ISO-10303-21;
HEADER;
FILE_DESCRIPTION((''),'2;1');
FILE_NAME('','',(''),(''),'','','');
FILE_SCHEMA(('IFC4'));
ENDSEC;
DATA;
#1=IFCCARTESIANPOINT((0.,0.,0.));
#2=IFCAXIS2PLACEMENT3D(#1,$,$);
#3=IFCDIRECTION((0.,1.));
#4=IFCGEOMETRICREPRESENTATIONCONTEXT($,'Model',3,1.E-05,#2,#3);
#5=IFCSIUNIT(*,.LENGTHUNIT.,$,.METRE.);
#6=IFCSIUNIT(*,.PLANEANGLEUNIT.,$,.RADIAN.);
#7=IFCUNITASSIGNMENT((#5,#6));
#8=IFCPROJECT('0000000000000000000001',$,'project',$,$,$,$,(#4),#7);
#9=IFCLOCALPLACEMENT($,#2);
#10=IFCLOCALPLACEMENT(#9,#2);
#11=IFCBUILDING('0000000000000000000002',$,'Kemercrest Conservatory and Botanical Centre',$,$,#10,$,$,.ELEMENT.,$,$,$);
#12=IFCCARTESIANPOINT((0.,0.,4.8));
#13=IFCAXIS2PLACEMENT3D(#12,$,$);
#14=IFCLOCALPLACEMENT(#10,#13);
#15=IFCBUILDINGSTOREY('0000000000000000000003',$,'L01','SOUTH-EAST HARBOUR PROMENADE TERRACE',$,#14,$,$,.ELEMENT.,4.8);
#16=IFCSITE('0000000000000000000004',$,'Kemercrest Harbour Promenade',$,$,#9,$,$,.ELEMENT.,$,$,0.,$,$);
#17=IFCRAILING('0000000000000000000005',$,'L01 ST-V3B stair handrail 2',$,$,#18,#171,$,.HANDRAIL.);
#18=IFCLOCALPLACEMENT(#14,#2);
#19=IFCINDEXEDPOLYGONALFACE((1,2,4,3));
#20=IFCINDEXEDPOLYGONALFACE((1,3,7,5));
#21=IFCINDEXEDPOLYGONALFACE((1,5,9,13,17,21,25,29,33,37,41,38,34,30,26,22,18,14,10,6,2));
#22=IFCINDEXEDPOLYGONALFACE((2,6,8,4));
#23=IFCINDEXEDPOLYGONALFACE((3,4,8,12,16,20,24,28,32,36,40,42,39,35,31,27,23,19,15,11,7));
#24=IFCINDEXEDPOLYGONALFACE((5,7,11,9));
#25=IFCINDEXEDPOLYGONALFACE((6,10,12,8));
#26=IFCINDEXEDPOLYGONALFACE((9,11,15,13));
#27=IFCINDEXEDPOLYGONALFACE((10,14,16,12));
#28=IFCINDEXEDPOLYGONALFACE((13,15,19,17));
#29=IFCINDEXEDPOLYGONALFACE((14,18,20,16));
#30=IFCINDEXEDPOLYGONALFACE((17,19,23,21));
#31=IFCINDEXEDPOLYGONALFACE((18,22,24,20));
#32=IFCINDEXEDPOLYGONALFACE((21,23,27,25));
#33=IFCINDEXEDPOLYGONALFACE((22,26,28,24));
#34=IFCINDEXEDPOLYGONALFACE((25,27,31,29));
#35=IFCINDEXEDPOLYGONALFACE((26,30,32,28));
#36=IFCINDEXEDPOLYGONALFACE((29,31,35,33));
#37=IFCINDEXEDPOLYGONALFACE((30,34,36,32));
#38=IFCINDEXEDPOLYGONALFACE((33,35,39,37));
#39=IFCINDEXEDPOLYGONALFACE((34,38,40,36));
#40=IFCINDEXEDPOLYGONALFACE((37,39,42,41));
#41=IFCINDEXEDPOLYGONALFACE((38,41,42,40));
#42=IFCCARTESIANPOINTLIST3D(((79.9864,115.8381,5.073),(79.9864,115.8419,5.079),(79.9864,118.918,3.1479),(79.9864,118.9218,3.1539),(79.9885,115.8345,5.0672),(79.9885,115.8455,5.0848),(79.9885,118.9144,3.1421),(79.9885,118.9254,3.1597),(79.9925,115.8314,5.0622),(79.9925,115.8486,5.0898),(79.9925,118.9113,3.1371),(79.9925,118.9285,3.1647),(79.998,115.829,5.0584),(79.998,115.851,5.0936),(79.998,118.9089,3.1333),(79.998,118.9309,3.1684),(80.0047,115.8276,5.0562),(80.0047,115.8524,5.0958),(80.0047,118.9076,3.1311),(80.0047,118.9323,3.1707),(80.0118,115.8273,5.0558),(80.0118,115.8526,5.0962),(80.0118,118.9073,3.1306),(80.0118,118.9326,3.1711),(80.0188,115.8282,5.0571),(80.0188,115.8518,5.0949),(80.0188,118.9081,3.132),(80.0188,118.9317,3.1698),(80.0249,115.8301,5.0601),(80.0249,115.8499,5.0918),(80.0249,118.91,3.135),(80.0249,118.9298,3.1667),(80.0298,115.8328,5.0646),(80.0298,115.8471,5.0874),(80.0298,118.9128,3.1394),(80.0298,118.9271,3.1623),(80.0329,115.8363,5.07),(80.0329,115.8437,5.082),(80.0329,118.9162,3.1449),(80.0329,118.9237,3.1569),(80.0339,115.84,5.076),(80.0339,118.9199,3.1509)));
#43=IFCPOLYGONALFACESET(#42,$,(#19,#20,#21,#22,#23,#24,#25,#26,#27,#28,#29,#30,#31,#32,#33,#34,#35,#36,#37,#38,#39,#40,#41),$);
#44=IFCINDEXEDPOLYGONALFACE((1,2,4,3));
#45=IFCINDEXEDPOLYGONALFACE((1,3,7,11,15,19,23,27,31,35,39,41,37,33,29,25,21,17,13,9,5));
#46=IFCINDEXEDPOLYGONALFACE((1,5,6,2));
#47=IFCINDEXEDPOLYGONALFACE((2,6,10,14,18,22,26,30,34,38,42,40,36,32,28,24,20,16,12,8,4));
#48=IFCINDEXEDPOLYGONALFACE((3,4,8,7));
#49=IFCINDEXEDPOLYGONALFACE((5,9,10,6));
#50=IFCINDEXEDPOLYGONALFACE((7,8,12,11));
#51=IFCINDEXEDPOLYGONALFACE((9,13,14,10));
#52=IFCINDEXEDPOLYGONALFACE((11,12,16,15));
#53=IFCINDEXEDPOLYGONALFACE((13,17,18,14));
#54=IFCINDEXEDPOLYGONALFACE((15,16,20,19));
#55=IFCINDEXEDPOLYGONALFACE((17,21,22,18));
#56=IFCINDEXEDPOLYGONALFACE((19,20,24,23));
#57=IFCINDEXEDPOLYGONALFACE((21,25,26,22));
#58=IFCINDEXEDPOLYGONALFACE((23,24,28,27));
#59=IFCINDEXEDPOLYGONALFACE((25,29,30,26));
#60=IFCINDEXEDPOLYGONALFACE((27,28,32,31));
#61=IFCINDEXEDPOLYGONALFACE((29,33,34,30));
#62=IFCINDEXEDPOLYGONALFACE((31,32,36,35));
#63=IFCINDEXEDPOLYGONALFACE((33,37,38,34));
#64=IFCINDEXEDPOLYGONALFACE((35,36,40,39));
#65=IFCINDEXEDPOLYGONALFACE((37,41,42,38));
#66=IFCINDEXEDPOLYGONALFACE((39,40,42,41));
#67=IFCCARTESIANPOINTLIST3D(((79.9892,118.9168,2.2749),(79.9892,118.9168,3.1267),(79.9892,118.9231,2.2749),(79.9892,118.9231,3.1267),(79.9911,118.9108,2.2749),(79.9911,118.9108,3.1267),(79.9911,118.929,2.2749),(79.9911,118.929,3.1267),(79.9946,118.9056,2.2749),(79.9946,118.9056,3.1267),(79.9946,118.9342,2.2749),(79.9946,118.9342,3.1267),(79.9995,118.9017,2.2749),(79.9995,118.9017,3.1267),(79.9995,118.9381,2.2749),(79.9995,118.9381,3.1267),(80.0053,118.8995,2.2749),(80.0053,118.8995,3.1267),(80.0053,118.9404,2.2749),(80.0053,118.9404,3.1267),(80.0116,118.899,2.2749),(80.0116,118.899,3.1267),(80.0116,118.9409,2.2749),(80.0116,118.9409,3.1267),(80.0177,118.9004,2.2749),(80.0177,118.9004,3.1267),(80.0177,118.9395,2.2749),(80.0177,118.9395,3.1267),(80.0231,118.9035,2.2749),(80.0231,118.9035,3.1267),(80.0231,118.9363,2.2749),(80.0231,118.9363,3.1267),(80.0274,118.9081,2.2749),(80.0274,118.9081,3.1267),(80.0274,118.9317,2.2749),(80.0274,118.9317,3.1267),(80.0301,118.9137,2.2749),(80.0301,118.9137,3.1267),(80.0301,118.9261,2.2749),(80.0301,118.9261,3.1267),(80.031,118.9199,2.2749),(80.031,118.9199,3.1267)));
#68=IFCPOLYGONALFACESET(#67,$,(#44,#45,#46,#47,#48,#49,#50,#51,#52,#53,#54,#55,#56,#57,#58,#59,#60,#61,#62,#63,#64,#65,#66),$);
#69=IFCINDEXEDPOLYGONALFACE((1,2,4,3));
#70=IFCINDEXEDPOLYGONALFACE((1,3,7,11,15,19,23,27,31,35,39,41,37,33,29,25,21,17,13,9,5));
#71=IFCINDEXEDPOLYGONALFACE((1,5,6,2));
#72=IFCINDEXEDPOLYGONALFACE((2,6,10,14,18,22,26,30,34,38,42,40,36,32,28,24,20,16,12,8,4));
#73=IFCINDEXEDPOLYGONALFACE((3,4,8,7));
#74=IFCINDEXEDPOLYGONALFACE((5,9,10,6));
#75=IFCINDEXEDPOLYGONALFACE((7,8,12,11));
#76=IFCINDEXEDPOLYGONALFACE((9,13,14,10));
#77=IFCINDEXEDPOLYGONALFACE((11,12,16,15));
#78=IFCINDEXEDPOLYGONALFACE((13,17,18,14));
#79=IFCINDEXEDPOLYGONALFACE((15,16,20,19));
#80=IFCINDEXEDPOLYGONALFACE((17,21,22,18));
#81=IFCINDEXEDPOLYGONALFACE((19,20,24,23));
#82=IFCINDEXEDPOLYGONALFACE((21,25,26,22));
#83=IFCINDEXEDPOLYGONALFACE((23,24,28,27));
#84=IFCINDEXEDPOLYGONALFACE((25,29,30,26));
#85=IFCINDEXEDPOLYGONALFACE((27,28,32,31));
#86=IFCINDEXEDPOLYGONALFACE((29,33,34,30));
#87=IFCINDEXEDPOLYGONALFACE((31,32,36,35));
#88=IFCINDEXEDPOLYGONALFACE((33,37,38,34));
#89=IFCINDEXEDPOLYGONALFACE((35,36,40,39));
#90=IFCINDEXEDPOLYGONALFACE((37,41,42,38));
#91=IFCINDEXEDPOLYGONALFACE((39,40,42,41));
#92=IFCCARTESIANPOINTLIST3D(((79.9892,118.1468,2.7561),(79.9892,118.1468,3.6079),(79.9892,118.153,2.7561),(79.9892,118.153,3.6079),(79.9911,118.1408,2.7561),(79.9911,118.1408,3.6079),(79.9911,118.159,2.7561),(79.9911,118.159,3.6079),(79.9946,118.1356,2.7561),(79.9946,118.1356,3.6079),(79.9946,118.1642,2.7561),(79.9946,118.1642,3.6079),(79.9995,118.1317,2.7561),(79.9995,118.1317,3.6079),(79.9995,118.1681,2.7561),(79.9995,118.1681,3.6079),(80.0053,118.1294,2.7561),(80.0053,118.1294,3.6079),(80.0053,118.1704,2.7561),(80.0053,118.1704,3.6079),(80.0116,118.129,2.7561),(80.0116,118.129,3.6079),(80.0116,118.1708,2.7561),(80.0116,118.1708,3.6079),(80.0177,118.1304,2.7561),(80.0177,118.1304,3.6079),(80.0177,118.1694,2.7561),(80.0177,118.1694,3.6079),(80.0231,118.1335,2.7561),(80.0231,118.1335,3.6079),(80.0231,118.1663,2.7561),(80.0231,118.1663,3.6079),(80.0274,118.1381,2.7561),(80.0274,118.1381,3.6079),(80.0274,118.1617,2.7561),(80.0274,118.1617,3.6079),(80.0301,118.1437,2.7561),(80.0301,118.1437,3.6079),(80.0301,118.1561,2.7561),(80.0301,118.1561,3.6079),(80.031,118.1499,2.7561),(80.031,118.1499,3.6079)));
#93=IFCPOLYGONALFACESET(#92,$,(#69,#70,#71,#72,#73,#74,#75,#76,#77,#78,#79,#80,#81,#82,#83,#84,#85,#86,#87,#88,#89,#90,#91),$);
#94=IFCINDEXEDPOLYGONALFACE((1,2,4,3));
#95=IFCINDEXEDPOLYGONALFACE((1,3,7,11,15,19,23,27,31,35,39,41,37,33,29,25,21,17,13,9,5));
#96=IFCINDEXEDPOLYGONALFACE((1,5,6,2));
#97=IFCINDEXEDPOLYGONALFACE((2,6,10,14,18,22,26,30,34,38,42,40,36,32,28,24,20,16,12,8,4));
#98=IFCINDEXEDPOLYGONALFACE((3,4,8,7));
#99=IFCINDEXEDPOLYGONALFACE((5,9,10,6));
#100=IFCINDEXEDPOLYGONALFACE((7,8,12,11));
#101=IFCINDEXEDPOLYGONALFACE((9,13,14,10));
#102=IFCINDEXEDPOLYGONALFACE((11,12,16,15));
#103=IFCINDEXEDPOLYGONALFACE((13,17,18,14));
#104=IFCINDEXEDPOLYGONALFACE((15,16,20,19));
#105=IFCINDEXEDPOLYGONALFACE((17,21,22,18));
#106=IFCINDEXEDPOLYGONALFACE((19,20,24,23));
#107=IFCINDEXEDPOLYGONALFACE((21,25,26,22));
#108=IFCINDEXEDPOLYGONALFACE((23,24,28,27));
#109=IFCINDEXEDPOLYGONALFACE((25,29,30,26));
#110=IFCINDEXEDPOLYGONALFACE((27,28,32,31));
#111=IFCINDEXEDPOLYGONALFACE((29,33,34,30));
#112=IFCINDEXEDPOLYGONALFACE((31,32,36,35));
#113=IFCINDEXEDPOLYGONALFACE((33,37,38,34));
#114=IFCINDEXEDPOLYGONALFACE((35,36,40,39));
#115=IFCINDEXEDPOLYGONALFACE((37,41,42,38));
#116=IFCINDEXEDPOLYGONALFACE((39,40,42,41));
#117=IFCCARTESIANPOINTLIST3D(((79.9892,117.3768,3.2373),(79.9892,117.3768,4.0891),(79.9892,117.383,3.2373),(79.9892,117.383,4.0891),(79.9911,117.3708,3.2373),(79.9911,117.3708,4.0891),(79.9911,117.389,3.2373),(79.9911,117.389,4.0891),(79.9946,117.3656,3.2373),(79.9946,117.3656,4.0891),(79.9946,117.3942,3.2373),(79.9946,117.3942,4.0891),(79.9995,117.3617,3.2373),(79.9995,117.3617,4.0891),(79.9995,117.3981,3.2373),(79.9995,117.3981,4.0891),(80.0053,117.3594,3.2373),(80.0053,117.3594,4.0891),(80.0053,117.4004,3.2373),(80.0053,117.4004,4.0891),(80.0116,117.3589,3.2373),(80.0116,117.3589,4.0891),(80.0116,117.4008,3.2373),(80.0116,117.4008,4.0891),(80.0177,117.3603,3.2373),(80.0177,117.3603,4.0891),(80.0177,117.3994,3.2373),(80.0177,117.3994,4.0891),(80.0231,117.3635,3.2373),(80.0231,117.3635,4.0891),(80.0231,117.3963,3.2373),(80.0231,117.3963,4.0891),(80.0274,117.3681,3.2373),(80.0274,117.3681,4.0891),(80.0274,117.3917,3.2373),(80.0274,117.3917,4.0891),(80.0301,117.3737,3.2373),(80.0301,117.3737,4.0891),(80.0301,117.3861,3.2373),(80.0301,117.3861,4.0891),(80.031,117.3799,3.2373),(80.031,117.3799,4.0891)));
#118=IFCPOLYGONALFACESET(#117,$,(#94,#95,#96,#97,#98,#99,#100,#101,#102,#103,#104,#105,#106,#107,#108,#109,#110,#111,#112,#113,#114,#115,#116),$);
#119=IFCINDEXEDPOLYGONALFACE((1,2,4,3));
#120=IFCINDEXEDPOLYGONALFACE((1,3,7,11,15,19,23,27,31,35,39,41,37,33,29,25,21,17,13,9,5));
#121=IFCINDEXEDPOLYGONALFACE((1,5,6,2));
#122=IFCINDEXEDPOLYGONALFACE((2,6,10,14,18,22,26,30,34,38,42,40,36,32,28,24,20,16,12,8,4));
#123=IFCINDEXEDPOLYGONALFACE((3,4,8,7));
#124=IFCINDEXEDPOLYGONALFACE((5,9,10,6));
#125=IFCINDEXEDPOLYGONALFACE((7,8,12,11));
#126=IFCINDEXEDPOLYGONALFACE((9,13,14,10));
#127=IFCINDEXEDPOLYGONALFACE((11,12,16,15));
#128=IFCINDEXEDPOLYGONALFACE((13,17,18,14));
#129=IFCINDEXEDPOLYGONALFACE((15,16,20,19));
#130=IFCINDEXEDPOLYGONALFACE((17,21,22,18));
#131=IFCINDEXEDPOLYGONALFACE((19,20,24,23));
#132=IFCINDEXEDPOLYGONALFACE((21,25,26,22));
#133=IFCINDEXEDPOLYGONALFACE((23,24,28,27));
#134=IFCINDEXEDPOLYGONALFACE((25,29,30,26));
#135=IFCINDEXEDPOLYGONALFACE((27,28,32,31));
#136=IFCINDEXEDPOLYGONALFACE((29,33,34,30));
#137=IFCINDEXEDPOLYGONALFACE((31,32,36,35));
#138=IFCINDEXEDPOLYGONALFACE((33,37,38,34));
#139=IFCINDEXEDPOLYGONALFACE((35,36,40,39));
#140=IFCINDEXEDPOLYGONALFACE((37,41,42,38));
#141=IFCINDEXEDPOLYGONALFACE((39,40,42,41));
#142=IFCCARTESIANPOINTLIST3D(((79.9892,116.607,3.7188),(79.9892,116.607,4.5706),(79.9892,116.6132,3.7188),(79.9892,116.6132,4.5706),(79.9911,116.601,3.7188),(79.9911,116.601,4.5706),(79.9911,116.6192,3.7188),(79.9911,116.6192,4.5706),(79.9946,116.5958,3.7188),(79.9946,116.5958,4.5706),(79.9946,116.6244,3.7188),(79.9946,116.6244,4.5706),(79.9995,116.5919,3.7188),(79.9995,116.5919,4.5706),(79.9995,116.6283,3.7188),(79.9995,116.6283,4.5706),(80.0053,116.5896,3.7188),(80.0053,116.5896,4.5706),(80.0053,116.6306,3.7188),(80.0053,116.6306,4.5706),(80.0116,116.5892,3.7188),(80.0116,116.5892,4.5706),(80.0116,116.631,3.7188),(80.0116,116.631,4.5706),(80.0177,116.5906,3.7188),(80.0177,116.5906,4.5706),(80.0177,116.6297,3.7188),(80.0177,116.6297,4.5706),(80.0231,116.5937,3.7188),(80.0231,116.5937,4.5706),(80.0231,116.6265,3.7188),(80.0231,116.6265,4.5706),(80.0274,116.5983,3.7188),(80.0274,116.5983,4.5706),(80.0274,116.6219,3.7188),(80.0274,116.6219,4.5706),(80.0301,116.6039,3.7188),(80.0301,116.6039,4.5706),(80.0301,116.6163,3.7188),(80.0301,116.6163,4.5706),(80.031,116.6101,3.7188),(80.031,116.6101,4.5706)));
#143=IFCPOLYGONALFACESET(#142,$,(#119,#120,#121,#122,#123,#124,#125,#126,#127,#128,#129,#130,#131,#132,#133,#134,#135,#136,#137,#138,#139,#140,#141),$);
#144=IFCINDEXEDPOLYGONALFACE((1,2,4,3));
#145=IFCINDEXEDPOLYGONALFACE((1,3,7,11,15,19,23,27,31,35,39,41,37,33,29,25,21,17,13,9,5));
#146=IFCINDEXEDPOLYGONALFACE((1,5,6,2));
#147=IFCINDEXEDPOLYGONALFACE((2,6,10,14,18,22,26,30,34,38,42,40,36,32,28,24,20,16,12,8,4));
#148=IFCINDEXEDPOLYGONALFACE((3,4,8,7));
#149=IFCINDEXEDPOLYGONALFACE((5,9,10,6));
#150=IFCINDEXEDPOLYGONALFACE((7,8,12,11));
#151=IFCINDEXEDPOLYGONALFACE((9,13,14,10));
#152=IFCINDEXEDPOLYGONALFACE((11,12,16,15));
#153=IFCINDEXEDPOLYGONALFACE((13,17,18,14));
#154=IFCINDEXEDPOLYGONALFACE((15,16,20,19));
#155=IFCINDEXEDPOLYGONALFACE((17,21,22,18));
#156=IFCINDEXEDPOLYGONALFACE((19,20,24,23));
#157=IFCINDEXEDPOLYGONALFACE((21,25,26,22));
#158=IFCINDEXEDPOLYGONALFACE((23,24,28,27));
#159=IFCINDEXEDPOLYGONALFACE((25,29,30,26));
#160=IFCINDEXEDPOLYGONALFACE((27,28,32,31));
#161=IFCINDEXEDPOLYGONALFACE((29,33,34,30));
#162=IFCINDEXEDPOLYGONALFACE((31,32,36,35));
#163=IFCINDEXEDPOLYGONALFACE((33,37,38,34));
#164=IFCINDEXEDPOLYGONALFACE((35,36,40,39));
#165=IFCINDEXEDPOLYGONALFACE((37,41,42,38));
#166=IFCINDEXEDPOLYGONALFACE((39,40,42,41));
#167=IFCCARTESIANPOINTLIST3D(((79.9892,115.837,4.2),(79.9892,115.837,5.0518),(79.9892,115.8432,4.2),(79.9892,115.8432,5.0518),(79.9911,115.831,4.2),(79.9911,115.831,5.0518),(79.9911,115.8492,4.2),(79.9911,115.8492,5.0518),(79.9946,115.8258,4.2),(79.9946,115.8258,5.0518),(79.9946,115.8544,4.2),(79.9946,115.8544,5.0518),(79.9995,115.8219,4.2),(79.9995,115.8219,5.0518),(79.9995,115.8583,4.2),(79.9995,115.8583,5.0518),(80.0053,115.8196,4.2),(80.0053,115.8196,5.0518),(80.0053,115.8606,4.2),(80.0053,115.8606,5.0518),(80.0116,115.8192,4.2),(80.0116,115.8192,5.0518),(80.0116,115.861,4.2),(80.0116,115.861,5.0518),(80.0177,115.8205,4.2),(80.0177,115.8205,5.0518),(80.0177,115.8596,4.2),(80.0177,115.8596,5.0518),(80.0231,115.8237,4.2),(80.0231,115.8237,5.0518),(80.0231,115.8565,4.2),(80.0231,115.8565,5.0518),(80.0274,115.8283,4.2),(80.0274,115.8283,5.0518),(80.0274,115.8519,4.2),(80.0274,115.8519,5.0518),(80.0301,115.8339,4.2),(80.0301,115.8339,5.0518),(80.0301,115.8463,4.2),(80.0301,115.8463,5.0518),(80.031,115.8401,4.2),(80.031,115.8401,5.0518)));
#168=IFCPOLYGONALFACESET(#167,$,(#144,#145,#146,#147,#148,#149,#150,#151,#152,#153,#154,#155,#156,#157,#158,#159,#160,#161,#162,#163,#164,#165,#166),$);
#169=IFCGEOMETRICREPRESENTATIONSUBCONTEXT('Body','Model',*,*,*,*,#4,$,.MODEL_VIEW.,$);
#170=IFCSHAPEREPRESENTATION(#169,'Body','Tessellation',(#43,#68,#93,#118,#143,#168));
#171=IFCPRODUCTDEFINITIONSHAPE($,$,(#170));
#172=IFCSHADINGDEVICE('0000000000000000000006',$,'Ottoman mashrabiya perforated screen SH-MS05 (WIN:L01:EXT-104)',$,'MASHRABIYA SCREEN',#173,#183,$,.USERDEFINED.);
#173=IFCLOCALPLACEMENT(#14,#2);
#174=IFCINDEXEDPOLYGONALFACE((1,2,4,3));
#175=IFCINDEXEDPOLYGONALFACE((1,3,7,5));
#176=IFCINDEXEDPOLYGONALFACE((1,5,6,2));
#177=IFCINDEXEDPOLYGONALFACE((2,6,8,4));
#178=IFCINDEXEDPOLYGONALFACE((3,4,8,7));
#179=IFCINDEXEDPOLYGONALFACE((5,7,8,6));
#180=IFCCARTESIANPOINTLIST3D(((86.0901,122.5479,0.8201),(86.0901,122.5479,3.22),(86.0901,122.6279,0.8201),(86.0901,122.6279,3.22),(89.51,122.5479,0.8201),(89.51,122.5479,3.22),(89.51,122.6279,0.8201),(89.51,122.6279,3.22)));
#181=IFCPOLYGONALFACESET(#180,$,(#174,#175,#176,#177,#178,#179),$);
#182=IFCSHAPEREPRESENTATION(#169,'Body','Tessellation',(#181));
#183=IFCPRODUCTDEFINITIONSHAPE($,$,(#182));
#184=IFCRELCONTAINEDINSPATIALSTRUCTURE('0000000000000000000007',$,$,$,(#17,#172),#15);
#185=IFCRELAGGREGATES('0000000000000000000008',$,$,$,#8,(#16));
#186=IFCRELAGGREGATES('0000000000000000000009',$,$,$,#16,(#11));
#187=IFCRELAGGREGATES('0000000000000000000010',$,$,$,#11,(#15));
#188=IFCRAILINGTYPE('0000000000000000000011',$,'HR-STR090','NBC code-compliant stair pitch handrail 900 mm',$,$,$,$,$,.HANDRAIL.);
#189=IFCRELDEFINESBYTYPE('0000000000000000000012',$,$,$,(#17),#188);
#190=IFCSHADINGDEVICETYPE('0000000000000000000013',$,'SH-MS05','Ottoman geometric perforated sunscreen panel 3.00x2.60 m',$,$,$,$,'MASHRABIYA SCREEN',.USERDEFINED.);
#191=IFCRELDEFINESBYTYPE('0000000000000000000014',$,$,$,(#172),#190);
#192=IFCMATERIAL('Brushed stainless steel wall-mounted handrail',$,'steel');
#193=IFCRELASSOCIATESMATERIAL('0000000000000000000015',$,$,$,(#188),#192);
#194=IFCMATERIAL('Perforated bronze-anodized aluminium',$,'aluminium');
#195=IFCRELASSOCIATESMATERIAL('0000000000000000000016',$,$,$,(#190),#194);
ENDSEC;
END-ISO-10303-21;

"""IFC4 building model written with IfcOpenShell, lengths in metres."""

from ifc_helpers import new_model, si_unit, direction, frame, origin, origin_2d, place, context, subcontext, project, spatial, rectangle, circle, extrude, material, type_object, element, save


model = new_model("IFC4")

# Units and contexts
model_context = context("Model", 3, precision=1e-05, world=origin(), true_north=direction((0.0, 1.0)))
body_context = subcontext(model_context, "Body", "Model", "MODEL_VIEW")
ifc_project = project(units=[si_unit("LENGTHUNIT", "METRE"), si_unit("PLANEANGLEUNIT", "RADIAN")], contexts=[model_context])

# Site, building, storey
site_placement = place(None, origin())
site = spatial("IfcSite", under=ifc_project, at=site_placement, Name="Kemercrest Harbour Promenade", CompositionType="ELEMENT", RefElevation=0.0)
building_placement = place(site_placement, origin())
building = spatial("IfcBuilding", under=site, at=building_placement, Name="Kemercrest Conservatory and Botanical Centre", CompositionType="ELEMENT")
storey_placement = place(building_placement, frame((0.0, 0.0, 4.8)))
storey = spatial("IfcBuildingStorey", under=building, at=storey_placement, Name="L01", Description="SOUTH-EAST HARBOUR PROMENADE TERRACE", CompositionType="ELEMENT", Elevation=4.8)

# Railing
ifc_material_1 = material(Name="Brushed stainless steel wall-mounted handrail", Category="steel")
railing_type_1 = type_object("IfcRailingType", Name="HR-STR090", Description="NBC code-compliant stair pitch handrail 900 mm", PredefinedType="HANDRAIL", material=ifc_material_1)
railing_1_placement = place(storey_placement, frame((80.01, 118.9199, 2.2749)))
element("IfcRailing", 1, at=railing_1_placement, inside=storey, type_object=railing_type_1, Name="L01 ST-V3B stair handrail 2", PredefinedType="HANDRAIL", context=body_context, shape_type="SweptSolid", body=[
    extrude(circle(Radius=0.0239, at=origin_2d()), frame((0.0, 0.0, 0.876), z_axis=(0.0, -0.847979, 0.530029), x_axis=(1.0, 0.0, 0.0)), (0.0, 0.0, 1.0), 3.6321),
    extrude(circle(Radius=0.021, at=origin_2d()), origin(), (0.0, 0.0, 1.0), 0.8518),
    extrude(circle(Radius=0.021, at=origin_2d()), frame((0.0, -0.77, 0.4812)), (0.0, 0.0, 1.0), 0.8518),
    extrude(circle(Radius=0.021, at=origin_2d()), frame((0.0, -1.54, 0.9624)), (0.0, 0.0, 1.0), 0.8518),
    extrude(circle(Radius=0.021, at=origin_2d()), frame((0.0, -2.3098, 1.4438)), (0.0, 0.0, 1.0), 0.8518),
    extrude(circle(Radius=0.021, at=origin_2d()), frame((0.0, -3.0798, 1.925)), (0.0, 0.0, 1.0), 0.8518),
])

# Shading device
ifc_material_2 = material(Name="Perforated bronze-anodized aluminium", Category="aluminium")
shading_device_type = type_object("IfcShadingDeviceType", Name="SH-MS05", Description="Ottoman geometric perforated sunscreen panel 3.00x2.60 m", ElementType="MASHRABIYA SCREEN", PredefinedType="USERDEFINED", material=ifc_material_2)
shading_device_placement = place(storey_placement, frame((87.8, 122.5879, 0.8201), z_axis=(0.0, 0.0, 1.0), x_axis=(-1.0, 0.0, 0.0)))
element("IfcShadingDevice", 2, at=shading_device_placement, inside=storey, type_object=shading_device_type, Name="Ottoman mashrabiya perforated screen SH-MS05 (WIN:L01:EXT-104)", ObjectType="MASHRABIYA SCREEN", PredefinedType="USERDEFINED", context=body_context, shape_type="SweptSolid", body=[
    extrude(rectangle(XDim=3.4199, YDim=0.0801, at=origin_2d()), origin(), (0.0, 0.0, 1.0), 2.3999),
])

save(model, "model.ifc")
